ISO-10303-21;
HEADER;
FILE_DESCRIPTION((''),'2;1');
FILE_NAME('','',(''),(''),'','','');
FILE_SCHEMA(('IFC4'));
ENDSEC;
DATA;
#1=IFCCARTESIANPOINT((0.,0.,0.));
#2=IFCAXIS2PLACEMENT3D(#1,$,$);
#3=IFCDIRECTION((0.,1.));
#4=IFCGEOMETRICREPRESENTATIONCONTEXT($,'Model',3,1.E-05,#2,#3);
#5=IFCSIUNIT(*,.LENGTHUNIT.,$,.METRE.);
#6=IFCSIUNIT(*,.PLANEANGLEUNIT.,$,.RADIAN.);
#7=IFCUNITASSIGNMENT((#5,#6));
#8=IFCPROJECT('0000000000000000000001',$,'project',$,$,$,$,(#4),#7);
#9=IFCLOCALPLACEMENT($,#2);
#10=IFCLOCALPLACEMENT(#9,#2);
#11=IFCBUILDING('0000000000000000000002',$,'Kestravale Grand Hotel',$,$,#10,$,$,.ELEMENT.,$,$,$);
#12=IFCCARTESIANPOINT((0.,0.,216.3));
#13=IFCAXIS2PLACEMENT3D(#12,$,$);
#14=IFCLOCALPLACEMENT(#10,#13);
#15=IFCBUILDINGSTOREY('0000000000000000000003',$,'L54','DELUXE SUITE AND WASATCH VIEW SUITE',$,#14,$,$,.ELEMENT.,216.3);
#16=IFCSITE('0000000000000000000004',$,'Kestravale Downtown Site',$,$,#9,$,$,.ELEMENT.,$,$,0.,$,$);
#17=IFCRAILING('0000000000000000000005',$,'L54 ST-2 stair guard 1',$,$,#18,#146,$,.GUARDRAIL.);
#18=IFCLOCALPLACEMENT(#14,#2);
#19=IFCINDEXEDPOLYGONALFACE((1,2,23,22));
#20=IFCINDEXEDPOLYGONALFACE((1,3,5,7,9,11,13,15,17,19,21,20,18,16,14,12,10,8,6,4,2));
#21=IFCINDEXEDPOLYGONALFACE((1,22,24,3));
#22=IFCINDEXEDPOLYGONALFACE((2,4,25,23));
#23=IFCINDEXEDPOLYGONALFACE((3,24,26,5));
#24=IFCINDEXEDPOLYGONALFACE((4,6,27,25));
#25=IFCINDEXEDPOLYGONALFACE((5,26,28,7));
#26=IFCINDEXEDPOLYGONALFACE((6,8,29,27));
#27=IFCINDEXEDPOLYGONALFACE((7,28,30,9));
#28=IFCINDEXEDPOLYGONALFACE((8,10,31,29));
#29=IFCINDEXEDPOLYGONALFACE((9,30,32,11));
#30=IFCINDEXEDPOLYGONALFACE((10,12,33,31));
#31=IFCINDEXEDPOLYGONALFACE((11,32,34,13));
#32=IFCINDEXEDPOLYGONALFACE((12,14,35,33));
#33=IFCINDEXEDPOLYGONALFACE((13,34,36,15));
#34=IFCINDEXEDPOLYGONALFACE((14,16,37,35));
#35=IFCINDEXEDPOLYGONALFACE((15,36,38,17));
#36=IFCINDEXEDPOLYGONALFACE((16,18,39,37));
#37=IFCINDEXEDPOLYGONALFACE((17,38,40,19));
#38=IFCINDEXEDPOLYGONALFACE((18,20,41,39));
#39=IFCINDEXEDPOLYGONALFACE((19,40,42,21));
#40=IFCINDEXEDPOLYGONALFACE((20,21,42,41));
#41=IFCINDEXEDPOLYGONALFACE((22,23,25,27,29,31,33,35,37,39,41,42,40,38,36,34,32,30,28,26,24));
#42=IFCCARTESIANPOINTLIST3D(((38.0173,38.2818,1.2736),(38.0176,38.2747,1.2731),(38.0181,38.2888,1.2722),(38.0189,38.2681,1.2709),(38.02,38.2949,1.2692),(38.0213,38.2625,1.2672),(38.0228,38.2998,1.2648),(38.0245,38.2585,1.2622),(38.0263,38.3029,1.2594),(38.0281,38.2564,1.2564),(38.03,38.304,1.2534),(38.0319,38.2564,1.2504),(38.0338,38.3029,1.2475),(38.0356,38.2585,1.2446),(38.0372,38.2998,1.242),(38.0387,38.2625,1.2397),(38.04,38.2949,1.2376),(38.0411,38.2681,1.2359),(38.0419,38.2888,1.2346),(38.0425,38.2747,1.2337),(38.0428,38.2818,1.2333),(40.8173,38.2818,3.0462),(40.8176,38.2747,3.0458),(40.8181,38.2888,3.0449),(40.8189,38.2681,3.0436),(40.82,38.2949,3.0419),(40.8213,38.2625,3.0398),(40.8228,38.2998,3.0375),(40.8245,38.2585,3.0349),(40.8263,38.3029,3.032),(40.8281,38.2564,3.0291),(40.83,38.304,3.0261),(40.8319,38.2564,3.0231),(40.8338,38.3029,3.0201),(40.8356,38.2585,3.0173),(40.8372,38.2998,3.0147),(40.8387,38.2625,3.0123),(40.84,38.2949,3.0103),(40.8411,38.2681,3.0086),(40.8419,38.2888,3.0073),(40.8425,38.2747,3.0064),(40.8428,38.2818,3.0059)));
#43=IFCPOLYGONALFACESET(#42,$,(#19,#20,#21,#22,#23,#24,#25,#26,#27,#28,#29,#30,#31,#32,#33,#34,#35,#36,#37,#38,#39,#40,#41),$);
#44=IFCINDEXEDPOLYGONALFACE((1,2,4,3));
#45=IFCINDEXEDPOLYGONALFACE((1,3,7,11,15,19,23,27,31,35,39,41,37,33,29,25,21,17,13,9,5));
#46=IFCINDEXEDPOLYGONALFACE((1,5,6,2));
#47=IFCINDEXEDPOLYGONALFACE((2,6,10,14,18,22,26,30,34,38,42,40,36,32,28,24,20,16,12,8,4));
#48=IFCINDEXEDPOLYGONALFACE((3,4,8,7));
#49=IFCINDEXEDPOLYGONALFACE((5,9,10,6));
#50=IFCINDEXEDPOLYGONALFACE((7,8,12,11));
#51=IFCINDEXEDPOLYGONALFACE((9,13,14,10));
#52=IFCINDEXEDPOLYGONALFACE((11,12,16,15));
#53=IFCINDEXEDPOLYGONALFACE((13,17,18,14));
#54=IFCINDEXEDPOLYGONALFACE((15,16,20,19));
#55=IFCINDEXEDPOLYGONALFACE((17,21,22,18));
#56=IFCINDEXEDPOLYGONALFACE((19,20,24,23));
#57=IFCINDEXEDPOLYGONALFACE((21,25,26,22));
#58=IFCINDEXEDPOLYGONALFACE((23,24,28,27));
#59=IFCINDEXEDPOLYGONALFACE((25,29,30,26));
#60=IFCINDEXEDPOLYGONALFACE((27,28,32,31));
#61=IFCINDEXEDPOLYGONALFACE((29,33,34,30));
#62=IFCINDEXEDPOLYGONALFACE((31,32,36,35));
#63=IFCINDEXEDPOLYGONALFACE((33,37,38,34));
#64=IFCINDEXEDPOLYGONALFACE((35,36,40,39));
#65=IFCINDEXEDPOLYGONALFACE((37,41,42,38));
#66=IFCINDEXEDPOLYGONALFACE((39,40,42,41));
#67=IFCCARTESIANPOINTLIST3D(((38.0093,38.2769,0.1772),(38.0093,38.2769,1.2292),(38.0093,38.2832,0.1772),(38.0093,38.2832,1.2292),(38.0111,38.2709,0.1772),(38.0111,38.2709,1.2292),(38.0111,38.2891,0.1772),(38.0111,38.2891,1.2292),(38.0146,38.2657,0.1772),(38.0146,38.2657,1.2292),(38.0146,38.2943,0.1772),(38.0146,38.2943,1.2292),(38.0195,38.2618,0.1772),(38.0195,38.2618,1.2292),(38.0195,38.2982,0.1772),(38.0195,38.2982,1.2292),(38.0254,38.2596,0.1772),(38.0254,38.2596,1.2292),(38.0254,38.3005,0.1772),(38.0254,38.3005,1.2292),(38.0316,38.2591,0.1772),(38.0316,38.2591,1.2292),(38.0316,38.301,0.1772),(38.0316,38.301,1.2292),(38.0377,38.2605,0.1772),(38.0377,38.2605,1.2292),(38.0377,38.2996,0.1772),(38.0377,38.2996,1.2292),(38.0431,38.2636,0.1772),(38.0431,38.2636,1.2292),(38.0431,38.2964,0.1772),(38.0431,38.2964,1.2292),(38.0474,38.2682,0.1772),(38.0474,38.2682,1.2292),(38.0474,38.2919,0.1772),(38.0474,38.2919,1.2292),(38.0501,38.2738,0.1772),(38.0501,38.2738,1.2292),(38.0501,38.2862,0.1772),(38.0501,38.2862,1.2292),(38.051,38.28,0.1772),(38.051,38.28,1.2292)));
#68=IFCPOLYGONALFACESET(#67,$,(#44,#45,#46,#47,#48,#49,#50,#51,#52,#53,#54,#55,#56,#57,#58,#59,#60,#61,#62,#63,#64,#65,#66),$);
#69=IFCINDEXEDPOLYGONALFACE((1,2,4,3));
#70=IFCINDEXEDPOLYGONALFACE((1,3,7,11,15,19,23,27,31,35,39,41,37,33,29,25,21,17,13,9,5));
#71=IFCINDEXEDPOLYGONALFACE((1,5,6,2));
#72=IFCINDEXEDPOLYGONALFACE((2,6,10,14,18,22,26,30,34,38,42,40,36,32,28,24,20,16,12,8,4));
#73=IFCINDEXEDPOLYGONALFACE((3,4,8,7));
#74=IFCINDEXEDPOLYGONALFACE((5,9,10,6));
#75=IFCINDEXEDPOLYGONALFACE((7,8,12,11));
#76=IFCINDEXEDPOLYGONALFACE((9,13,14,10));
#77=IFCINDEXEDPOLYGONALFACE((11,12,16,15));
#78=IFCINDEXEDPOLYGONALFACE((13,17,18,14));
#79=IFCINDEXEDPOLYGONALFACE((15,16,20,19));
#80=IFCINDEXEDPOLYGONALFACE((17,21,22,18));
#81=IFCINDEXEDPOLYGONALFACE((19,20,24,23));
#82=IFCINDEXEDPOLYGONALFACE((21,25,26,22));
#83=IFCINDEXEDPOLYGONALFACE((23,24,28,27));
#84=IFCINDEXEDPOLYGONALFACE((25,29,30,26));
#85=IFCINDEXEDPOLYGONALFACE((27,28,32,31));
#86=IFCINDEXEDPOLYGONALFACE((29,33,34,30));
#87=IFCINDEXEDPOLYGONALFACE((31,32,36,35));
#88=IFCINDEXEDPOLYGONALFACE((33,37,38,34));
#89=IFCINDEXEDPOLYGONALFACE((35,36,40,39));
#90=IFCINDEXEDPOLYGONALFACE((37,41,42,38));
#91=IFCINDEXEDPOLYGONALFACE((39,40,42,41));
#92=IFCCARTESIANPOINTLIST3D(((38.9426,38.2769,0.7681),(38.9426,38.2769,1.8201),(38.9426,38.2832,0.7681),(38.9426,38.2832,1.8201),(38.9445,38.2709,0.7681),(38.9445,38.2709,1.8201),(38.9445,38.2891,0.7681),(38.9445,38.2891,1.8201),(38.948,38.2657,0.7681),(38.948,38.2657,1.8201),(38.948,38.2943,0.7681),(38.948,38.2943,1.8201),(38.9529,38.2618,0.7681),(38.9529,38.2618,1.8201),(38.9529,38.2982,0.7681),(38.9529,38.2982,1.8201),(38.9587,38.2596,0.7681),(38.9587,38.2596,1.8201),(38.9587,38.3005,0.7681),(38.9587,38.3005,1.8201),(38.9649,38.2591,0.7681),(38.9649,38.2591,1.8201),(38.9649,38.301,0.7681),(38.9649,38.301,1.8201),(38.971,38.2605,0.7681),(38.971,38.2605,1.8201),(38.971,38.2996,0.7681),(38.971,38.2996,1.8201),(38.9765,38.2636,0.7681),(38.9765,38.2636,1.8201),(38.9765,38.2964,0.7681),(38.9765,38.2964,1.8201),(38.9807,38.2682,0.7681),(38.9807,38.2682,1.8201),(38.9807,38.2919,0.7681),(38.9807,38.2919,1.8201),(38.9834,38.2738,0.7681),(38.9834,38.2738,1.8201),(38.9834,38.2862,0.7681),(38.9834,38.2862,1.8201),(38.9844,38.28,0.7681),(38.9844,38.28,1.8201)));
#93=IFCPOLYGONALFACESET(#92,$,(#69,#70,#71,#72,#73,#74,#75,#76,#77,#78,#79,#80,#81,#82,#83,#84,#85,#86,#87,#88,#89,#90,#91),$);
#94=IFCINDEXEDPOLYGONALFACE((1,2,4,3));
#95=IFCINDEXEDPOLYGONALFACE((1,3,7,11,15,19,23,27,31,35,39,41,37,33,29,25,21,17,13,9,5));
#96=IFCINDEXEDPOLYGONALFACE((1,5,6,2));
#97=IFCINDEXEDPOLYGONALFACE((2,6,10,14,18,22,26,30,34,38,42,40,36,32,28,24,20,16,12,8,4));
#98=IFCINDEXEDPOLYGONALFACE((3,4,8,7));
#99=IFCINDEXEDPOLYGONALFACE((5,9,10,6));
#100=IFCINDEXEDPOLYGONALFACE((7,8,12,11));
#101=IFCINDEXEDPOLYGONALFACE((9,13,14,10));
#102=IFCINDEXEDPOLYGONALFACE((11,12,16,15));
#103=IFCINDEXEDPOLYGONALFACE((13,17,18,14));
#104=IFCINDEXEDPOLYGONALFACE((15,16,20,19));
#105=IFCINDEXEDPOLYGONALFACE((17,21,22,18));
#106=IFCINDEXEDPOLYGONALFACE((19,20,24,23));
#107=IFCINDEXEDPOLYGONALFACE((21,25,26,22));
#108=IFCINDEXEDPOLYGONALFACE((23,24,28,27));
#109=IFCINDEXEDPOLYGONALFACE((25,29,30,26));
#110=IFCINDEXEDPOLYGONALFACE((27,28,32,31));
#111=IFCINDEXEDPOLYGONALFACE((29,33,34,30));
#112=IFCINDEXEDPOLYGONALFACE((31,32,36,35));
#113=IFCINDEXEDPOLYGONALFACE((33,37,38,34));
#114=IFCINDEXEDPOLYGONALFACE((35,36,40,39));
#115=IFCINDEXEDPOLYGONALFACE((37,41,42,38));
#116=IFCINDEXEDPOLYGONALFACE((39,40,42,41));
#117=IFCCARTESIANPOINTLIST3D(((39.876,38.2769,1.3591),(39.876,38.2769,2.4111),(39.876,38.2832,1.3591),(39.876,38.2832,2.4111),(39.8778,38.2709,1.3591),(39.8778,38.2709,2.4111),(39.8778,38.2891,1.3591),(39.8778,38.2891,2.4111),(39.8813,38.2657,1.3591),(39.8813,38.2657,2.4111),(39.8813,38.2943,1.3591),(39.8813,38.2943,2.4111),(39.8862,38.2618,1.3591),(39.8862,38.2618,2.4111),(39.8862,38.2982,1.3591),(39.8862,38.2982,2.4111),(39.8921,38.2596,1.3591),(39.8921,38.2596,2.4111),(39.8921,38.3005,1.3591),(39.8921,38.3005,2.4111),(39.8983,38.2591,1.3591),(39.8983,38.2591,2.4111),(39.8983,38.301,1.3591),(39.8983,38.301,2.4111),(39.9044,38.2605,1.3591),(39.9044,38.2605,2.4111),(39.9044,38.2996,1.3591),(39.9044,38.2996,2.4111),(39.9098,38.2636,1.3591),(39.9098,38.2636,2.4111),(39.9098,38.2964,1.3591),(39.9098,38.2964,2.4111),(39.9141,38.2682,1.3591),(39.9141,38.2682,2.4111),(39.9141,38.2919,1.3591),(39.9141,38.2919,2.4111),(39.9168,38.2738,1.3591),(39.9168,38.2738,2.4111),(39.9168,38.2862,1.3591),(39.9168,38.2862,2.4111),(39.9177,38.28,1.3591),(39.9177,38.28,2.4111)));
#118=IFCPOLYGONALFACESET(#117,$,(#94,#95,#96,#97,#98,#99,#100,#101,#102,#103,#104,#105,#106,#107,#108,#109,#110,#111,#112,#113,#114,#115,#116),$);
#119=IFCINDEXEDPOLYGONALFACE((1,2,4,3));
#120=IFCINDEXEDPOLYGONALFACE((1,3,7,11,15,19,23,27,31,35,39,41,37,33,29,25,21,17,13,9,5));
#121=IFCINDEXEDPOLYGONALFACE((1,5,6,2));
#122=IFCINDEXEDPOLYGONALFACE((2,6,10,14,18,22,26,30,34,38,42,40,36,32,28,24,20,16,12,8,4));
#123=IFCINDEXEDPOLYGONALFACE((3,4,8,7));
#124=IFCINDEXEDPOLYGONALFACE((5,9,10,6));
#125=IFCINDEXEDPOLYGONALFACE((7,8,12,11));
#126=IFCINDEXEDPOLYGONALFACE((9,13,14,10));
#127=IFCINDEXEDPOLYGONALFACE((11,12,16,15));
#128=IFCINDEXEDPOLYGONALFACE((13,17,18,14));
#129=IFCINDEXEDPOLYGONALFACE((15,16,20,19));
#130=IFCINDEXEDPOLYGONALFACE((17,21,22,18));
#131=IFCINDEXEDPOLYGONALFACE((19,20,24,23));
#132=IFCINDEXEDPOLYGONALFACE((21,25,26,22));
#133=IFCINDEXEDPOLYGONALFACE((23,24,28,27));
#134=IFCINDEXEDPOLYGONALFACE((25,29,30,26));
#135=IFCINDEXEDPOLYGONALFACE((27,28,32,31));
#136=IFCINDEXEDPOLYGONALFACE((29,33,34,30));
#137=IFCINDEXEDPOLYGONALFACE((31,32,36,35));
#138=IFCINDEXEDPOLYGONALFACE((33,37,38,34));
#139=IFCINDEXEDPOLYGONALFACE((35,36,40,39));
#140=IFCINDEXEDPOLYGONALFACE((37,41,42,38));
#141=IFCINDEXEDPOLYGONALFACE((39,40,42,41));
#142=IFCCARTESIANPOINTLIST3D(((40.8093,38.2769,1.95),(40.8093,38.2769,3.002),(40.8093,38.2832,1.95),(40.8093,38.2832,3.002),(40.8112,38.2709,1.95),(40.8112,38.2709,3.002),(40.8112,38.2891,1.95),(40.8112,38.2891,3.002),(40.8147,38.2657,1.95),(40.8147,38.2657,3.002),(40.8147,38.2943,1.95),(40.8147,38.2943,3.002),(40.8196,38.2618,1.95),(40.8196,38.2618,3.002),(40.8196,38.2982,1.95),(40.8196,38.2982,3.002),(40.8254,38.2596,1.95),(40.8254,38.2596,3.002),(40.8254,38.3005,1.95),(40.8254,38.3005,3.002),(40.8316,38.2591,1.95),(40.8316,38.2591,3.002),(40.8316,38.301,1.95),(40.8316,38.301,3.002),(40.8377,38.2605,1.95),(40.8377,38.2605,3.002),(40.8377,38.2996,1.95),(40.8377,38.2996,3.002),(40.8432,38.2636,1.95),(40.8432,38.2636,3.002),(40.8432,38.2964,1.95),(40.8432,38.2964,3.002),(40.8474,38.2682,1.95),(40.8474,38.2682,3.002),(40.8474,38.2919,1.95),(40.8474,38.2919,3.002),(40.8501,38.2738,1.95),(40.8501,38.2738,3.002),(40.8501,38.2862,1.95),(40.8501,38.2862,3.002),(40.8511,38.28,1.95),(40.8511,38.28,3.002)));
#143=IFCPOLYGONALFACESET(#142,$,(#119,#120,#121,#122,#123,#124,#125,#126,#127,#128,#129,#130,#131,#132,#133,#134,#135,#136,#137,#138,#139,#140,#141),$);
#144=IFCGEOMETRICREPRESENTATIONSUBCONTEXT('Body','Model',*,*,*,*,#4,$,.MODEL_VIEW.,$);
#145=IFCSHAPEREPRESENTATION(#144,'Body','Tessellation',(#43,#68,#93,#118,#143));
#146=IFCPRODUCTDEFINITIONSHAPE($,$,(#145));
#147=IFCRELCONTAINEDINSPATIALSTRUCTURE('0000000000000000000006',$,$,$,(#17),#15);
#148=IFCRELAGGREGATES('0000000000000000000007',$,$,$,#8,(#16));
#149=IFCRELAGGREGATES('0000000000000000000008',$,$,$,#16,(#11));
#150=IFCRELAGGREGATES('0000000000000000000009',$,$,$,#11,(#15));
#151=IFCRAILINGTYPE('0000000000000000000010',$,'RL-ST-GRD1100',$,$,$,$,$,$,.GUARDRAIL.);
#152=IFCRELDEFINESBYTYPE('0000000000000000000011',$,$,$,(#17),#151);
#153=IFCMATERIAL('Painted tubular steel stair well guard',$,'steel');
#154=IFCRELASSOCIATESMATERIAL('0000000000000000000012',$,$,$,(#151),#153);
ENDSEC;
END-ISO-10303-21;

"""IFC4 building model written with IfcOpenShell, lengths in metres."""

from ifc_helpers import new_model, si_unit, direction, frame, origin, origin_2d, place, context, subcontext, project, spatial, circle, extrude, material, type_object, element, save


model = new_model("IFC4")

# Units and contexts
model_context = context("Model", 3, precision=1e-05, world=origin(), true_north=direction((0.0, 1.0)))
body_context = subcontext(model_context, "Body", "Model", "MODEL_VIEW")
ifc_project = project(units=[si_unit("LENGTHUNIT", "METRE"), si_unit("PLANEANGLEUNIT", "RADIAN")], contexts=[model_context])

# Site, building, storey
site_placement = place(None, origin())
site = spatial("IfcSite", under=ifc_project, at=site_placement, Name="Kestravale Downtown Site", CompositionType="ELEMENT", RefElevation=0.0)
building_placement = place(site_placement, origin())
building = spatial("IfcBuilding", under=site, at=building_placement, Name="Kestravale Grand Hotel", CompositionType="ELEMENT")
storey_placement = place(building_placement, frame((0.0, 0.0, 216.3)))
storey = spatial("IfcBuildingStorey", under=building, at=storey_placement, Name="L54", Description="DELUXE SUITE AND WASATCH VIEW SUITE", CompositionType="ELEMENT", Elevation=216.3)

# Railing
ifc_material_1 = material(Name="Painted tubular steel stair well guard", Category="steel")
railing_type_1 = type_object("IfcRailingType", Name="RL-ST-GRD1100", PredefinedType="GUARDRAIL", material=ifc_material_1)
railing_1_placement = place(storey_placement, frame((38.03, 38.28, 0.1772)))
element("IfcRailing", 1, at=railing_1_placement, inside=storey, type_object=railing_type_1, Name="L54 ST-2 stair guard 1", PredefinedType="GUARDRAIL", context=body_context, shape_type="SweptSolid", body=[
    extrude(circle(Radius=0.0239, at=origin_2d()), frame((0.0, 0.0, 1.0762), z_axis=(0.844909, 0.0, 0.53491), x_axis=(0.0, 1.0, 0.0)), (0.0, 0.0, 1.0), 3.314),
    extrude(circle(Radius=0.021, at=origin_2d()), origin(), (0.0, 0.0, 1.0), 1.052),
    extrude(circle(Radius=0.021, at=origin_2d()), frame((0.9333, 0.0, 0.5908)), (0.0, 0.0, 1.0), 1.052),
    extrude(circle(Radius=0.021, at=origin_2d()), frame((1.8667, 0.0, 1.1819)), (0.0, 0.0, 1.0), 1.052),
    extrude(circle(Radius=0.021, at=origin_2d()), frame((2.8, 0.0, 1.7727)), (0.0, 0.0, 1.0), 1.052),
])

save(model, "model.ifc")
